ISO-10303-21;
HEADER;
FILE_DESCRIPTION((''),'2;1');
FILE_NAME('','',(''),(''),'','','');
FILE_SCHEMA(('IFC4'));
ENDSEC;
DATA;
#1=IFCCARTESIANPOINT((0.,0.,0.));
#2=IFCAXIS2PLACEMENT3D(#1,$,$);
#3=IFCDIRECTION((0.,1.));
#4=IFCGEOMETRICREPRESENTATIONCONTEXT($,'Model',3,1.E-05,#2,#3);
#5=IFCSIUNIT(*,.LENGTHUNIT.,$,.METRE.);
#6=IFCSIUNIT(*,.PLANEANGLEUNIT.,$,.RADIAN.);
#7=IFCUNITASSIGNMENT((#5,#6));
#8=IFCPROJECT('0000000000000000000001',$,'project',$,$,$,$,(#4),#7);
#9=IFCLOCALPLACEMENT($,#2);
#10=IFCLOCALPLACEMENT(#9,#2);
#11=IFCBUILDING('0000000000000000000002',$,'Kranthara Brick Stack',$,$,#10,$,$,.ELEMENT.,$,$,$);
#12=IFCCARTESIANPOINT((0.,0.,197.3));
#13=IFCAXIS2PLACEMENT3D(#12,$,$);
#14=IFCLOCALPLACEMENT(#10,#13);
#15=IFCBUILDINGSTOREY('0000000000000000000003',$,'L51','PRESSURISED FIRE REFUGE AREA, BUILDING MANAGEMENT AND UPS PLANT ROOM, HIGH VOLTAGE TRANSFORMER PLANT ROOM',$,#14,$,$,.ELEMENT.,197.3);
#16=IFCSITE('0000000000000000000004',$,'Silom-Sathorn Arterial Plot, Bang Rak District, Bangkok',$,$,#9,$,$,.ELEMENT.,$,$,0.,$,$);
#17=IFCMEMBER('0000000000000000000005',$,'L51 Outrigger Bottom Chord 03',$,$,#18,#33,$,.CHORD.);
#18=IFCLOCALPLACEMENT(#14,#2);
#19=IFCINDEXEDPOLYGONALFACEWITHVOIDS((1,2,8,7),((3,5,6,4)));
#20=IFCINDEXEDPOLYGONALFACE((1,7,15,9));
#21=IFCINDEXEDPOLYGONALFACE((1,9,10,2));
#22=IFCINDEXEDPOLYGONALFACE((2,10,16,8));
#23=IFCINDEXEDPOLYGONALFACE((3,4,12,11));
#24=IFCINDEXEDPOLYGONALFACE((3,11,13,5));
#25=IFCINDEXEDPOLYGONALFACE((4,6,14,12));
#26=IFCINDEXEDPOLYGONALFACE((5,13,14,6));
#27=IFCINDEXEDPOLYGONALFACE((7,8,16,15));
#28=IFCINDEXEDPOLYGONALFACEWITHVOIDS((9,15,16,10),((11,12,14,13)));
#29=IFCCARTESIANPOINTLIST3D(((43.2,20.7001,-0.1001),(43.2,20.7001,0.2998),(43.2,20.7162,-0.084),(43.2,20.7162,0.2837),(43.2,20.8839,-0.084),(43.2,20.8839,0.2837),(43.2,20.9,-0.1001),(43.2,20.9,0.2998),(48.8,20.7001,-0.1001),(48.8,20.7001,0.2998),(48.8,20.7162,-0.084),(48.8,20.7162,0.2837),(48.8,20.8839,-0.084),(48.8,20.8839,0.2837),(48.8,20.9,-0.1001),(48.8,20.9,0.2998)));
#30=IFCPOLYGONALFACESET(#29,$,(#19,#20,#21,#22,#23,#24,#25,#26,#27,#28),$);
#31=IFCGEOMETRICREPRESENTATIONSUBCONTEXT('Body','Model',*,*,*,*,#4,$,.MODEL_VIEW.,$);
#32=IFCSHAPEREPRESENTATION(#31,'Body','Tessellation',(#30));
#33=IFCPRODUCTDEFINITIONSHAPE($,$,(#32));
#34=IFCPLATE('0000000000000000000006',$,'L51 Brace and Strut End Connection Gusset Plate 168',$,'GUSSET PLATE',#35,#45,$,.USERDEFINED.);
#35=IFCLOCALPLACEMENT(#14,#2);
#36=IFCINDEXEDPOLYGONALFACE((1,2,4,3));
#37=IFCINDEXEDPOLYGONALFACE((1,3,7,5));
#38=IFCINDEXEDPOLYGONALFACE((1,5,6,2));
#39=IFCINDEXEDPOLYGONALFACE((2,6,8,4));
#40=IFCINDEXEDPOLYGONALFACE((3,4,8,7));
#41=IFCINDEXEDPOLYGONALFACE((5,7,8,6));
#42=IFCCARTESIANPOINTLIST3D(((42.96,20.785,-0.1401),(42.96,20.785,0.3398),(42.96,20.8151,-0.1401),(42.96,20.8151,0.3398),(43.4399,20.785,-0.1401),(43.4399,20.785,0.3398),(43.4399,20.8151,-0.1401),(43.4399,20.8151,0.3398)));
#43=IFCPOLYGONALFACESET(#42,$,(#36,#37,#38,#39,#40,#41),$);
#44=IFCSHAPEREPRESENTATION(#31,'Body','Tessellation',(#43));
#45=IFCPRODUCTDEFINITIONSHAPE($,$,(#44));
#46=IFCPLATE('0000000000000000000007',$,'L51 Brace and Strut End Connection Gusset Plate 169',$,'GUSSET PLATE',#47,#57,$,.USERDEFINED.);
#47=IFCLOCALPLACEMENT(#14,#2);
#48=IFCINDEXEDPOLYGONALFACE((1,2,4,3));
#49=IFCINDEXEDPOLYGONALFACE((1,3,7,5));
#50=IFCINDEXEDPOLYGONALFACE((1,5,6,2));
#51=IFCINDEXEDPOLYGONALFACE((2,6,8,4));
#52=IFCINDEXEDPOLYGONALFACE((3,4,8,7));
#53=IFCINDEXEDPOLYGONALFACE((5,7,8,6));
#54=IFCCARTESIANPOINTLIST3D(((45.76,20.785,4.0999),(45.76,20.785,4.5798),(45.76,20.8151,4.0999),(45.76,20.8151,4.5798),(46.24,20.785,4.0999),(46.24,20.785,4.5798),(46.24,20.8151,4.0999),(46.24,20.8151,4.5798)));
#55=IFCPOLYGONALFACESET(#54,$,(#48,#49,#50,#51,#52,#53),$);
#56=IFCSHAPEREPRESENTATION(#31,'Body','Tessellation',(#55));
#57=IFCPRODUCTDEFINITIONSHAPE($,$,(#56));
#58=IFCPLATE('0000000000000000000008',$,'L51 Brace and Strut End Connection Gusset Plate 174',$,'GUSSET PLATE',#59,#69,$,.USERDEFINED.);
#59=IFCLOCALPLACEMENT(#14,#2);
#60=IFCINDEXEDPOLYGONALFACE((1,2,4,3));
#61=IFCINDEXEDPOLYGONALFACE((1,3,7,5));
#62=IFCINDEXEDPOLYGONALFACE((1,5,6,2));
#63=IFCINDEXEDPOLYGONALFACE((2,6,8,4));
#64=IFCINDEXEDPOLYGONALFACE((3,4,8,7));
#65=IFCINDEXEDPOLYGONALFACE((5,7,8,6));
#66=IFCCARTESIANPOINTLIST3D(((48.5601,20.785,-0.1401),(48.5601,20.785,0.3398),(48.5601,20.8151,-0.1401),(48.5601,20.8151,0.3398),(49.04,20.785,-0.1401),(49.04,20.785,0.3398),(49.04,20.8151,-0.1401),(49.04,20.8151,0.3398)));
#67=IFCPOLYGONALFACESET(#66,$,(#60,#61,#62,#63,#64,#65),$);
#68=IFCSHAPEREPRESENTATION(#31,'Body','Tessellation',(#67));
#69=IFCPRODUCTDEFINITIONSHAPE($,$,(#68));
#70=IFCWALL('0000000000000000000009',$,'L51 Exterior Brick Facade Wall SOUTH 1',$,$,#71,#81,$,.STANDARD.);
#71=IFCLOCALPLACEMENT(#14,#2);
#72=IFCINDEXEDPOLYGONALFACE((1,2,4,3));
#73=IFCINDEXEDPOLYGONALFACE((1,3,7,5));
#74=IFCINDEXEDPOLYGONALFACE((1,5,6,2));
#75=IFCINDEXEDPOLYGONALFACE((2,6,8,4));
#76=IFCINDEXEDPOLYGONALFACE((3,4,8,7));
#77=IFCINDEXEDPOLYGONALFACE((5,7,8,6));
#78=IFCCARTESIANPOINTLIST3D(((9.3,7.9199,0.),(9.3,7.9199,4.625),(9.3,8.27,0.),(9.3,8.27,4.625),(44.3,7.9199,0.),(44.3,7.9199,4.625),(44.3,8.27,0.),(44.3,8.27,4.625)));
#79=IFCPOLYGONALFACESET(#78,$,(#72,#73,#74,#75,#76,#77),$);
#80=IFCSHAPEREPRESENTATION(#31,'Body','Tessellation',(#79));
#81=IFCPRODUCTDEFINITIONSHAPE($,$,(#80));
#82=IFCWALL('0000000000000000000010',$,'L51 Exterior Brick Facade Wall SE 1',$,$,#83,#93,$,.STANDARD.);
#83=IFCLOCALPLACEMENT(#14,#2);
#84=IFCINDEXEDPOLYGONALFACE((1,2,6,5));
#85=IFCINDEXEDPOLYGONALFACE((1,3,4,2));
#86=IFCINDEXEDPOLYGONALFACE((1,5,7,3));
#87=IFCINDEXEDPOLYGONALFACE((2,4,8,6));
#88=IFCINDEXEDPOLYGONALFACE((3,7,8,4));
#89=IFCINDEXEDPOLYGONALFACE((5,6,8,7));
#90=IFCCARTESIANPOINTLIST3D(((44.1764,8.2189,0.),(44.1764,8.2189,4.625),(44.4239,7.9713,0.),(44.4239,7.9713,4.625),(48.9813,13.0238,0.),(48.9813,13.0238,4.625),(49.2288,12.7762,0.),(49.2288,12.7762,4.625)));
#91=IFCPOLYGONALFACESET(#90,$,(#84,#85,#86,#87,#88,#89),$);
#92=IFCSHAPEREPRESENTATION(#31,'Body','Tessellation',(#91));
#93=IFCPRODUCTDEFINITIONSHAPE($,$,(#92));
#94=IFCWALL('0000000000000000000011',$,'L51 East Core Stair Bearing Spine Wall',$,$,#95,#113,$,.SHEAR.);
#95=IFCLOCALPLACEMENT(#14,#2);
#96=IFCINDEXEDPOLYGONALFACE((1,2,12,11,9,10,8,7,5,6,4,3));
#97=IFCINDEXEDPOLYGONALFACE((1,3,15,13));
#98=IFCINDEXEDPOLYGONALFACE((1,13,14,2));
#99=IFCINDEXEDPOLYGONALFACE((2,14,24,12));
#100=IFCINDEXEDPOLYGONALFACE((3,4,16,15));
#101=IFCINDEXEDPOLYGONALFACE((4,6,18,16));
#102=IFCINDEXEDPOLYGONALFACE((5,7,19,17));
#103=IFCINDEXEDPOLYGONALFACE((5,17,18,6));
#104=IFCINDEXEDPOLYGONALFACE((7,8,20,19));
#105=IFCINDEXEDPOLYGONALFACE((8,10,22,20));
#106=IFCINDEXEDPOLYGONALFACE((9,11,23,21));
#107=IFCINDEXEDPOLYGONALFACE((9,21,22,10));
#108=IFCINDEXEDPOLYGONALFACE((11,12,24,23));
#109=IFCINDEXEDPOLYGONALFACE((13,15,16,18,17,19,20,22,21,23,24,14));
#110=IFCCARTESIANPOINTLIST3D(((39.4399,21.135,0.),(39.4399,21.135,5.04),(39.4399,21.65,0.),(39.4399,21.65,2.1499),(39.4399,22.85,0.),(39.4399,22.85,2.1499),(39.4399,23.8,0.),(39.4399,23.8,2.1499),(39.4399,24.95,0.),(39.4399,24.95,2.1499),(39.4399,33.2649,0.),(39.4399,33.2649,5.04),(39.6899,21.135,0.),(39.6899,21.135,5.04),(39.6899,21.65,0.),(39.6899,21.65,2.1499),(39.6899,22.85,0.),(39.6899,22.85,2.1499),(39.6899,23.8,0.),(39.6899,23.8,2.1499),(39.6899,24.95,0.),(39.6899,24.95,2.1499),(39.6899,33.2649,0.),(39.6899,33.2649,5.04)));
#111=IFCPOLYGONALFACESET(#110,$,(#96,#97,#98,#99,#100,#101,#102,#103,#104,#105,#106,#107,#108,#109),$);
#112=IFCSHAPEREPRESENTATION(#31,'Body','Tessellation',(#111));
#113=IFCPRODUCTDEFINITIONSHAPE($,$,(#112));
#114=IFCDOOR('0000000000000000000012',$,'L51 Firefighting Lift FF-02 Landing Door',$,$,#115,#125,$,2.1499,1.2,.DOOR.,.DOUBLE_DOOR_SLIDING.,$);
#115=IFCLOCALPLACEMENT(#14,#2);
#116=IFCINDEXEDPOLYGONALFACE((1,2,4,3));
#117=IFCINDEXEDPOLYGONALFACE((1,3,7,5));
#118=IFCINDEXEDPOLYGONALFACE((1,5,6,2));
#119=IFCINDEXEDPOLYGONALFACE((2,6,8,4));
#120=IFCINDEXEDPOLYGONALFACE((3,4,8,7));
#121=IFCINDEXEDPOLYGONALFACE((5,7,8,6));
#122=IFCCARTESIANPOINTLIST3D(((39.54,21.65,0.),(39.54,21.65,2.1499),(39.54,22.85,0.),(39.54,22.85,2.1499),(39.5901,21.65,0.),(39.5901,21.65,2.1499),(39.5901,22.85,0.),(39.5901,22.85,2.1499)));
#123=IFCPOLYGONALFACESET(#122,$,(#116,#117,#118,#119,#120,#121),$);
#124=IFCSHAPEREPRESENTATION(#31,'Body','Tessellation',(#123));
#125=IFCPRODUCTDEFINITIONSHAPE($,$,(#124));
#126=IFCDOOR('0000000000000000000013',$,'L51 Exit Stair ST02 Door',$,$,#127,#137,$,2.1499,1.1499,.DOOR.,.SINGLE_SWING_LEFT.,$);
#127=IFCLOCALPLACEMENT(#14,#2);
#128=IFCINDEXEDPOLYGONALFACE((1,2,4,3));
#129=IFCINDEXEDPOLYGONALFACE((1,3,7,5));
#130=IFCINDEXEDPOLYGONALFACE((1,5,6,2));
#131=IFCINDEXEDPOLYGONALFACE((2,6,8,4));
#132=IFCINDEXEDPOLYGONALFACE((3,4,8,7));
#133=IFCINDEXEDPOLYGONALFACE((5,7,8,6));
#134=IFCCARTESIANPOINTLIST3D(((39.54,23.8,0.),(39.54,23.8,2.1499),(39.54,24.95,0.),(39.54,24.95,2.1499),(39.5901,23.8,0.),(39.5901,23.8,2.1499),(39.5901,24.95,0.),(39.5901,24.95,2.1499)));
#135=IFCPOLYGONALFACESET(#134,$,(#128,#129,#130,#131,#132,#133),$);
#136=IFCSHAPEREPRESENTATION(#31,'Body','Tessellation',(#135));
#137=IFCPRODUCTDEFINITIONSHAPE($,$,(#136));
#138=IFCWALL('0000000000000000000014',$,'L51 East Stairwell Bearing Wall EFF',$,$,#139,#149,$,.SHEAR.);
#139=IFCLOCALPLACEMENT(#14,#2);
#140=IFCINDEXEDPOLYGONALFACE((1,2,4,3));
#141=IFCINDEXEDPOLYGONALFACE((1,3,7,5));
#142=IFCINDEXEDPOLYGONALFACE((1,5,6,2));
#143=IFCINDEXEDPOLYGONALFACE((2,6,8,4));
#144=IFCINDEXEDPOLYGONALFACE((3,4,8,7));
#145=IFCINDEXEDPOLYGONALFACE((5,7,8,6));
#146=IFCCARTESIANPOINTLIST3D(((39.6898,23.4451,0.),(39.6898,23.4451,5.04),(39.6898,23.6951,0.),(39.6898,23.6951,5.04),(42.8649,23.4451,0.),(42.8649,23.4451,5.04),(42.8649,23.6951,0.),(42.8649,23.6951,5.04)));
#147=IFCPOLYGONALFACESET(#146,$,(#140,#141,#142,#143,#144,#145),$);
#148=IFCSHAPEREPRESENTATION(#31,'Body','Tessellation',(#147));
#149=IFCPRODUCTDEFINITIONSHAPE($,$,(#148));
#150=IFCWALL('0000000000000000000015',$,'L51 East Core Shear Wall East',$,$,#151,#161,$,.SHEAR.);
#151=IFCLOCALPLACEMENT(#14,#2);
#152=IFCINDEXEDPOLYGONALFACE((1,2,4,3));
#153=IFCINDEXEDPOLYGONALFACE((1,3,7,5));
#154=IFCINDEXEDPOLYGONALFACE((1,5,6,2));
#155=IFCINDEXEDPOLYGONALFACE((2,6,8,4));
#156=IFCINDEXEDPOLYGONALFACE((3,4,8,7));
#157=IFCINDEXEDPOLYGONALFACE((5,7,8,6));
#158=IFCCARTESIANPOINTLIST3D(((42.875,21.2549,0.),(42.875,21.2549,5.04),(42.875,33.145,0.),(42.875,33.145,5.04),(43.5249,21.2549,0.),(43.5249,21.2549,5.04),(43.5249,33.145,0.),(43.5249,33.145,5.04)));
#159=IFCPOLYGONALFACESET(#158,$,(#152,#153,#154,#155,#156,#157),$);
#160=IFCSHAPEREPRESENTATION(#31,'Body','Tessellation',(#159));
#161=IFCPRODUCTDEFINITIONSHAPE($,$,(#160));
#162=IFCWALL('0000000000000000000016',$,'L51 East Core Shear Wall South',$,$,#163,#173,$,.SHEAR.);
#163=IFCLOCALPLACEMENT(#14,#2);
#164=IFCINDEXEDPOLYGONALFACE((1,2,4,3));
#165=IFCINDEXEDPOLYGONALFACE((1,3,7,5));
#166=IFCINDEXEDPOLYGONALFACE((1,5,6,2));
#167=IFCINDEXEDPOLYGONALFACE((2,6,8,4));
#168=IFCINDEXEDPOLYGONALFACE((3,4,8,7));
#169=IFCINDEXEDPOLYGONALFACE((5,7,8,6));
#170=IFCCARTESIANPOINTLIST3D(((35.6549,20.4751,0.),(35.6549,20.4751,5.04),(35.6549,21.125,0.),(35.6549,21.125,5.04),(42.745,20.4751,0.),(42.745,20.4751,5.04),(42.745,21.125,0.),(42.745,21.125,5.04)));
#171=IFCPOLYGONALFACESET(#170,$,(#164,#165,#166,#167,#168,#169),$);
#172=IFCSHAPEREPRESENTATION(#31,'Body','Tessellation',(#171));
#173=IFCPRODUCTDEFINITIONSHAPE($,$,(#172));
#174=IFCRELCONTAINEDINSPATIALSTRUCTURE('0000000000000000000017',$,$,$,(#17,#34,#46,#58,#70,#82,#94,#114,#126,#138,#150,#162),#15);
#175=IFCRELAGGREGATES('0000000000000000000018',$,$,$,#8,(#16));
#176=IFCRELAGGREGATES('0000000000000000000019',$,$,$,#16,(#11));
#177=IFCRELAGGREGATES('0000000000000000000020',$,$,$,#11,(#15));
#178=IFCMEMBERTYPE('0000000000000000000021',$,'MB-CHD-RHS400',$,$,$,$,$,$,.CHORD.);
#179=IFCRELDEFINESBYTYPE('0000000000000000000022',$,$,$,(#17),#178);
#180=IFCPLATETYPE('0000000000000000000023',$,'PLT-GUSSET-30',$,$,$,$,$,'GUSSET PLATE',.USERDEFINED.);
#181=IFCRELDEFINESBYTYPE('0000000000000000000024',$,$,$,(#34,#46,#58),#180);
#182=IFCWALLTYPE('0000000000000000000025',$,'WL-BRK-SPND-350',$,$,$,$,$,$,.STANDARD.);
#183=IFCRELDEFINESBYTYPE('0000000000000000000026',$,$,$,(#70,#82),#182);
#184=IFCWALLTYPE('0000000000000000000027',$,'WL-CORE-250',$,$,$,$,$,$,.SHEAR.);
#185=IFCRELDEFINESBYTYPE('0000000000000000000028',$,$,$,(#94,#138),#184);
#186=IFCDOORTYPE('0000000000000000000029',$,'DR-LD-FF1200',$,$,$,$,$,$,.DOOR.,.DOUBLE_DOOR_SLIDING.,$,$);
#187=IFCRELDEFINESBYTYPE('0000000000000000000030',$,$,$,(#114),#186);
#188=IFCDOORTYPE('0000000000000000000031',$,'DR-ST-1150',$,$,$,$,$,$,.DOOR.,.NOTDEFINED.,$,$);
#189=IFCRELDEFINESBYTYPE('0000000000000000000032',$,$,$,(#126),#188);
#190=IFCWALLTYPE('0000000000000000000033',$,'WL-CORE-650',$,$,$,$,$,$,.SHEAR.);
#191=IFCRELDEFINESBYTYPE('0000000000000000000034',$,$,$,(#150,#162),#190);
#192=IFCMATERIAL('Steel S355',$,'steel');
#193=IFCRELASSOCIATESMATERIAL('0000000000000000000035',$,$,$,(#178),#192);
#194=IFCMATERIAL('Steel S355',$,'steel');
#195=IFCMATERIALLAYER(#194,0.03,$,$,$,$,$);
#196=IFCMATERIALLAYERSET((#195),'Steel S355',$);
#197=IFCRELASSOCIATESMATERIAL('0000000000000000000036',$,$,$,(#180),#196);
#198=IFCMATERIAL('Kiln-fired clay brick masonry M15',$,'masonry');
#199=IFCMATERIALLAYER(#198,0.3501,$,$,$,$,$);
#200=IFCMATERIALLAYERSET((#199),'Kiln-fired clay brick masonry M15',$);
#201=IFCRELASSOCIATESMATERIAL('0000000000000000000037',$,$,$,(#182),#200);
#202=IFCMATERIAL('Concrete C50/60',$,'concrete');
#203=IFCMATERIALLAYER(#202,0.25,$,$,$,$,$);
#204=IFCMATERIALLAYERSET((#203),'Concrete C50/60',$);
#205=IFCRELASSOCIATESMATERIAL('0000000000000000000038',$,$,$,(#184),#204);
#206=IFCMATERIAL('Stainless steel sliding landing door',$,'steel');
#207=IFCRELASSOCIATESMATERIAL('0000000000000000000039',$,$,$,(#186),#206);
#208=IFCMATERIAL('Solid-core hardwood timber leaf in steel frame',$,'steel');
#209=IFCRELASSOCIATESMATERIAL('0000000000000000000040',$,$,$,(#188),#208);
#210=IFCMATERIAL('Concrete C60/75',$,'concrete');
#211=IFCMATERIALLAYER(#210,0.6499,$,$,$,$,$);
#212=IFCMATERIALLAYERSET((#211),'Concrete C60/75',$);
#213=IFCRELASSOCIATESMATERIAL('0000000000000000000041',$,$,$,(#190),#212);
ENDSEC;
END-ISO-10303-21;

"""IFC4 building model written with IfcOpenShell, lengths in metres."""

from ifc_helpers import new_model, si_unit, direction, frame, frame_2d, origin, origin_2d, place, context, subcontext, project, spatial, rectangle, hollow_rectangle, extrude, material, layer, layer_set, material_profile, profile_set, type_object, element, fill, save


model = new_model("IFC4")

# Units and contexts
model_context = context("Model", 3, precision=1e-05, world=origin(), true_north=direction((0.0, 1.0)))
body_context = subcontext(model_context, "Body", "Model", "MODEL_VIEW")
ifc_project = project(units=[si_unit("LENGTHUNIT", "METRE"), si_unit("PLANEANGLEUNIT", "RADIAN")], contexts=[model_context])

# Site, building, storey
site_placement = place(None, origin())
site = spatial("IfcSite", under=ifc_project, at=site_placement, Name="Silom-Sathorn Arterial Plot, Bang Rak District, Bangkok", CompositionType="ELEMENT", RefElevation=0.0)
building_placement = place(site_placement, origin())
building = spatial("IfcBuilding", under=site, at=building_placement, Name="Kranthara Brick Stack", CompositionType="ELEMENT")
storey_placement = place(building_placement, frame((0.0, 0.0, 197.3)))
storey = spatial("IfcBuildingStorey", under=building, at=storey_placement, Name="L51", Description="PRESSURISED FIRE REFUGE AREA, BUILDING MANAGEMENT AND UPS PLANT ROOM, HIGH VOLTAGE TRANSFORMER PLANT ROOM", CompositionType="ELEMENT", Elevation=197.3)

# Member
ifc_material_1 = material(Name="Steel S355", Category="steel")
ifc_material_profile_1 = material_profile(ifc_material_1, hollow_rectangle(XDim=0.2, YDim=0.3999, WallThickness=0.0161, at=origin_2d()), Name="RHS 200x400x16")
ifc_profile_set_1 = profile_set([ifc_material_profile_1], Name="Steel S355")
member_type_1 = type_object("IfcMemberType", Name="MB-CHD-RHS400", PredefinedType="CHORD", material=ifc_profile_set_1)
member_placement = place(storey_placement, frame((43.2, 20.8, 0.0999), z_axis=(1.0, 0.0, 0.0), x_axis=(0.0, 1.0, 0.0)))
element("IfcMember", 1, at=member_placement, inside=storey, type_object=member_type_1, Name="L51 Outrigger Bottom Chord 03", PredefinedType="CHORD", context=body_context, shape_type="SweptSolid", body=[
    extrude(hollow_rectangle(XDim=0.2, YDim=0.3999, WallThickness=0.0161, at=origin_2d()), origin(), (0.0, 0.0, 1.0), 5.6001),
])

# Plates
ifc_material_2 = material(Name="Steel S355", Category="steel")
ifc_layer_1 = layer(ifc_material_2, 0.03)
ifc_layer_set_1 = layer_set([ifc_layer_1], Name="Steel S355")
plate_type = type_object("IfcPlateType", Name="PLT-GUSSET-30", ElementType="GUSSET PLATE", PredefinedType="USERDEFINED", material=ifc_layer_set_1)
for number, where, z_axis, x_axis, name in (
    (2, (43.2, 20.8, -0.1401), (0.0, 0.0, 1.0), (1.0, 0.0, 0.0), "L51 Brace and Strut End Connection Gusset Plate 168"),
    (3, (46.0, 20.8, 4.0999), (0.0, 0.0, 1.0), (1.0, 0.0, 0.0), "L51 Brace and Strut End Connection Gusset Plate 169"),
    (4, (48.8, 20.8, -0.1401), (0.0, 0.0, 1.0), (1.0, 0.0, 0.0), "L51 Brace and Strut End Connection Gusset Plate 174"),
):
    element("IfcPlate", number, at=place(storey_placement, frame(where, z_axis=z_axis, x_axis=x_axis)), inside=storey, type_object=plate_type, Name=name, ObjectType="GUSSET PLATE", PredefinedType="USERDEFINED", context=body_context, shape_type="SweptSolid", body=[
        extrude(rectangle(XDim=0.48, YDim=0.03, at=origin_2d()), origin(), (0.0, 0.0, 1.0), 0.48),
    ])

# Walls
ifc_material_3 = material(Name="Kiln-fired clay brick masonry M15", Category="masonry")
ifc_layer_2 = layer(ifc_material_3, 0.3501)
ifc_layer_set_2 = layer_set([ifc_layer_2], Name="Kiln-fired clay brick masonry M15")
wall_type_1 = type_object("IfcWallType", Name="WL-BRK-SPND-350", PredefinedType="STANDARD", material=ifc_layer_set_2)
wall_1_placement = place(storey_placement, frame((44.3, 8.095, 0.0), z_axis=(0.0, 0.0, 1.0), x_axis=(-1.0, 0.0, 0.0)))
element("IfcWall", 5, at=wall_1_placement, inside=storey, type_object=wall_type_1, Name="L51 Exterior Brick Facade Wall SOUTH 1", PredefinedType="STANDARD", context=body_context, shape_type="SweptSolid", body=[
    extrude(rectangle(XDim=35.0, YDim=0.3501, at=frame_2d((17.5, 0.0))), origin(), (0.0, 0.0, 1.0), 4.625),
])
wall_2_placement = place(storey_placement, frame((49.105, 12.8999, 0.0), z_axis=(0.0, 0.0, 1.0), x_axis=(-0.707107, -0.707107, 0.0)))
element("IfcWall", 6, at=wall_2_placement, inside=storey, type_object=wall_type_1, Name="L51 Exterior Brick Facade Wall SE 1", PredefinedType="STANDARD", context=body_context, shape_type="SweptSolid", body=[
    extrude(rectangle(XDim=6.7952, YDim=0.3501, at=frame_2d((3.3975, 0.0))), origin(), (0.0, 0.0, 1.0), 4.625),
])

# Wall, openings, doors
ifc_material_4 = material(Name="Concrete C50/60", Category="concrete")
ifc_layer_3 = layer(ifc_material_4, 0.25)
ifc_layer_set_3 = layer_set([ifc_layer_3], Name="Concrete C50/60")
wall_type_2 = type_object("IfcWallType", Name="WL-CORE-250", PredefinedType="SHEAR", material=ifc_layer_set_3)
wall_3_placement = place(storey_placement, frame((39.5649, 21.135, 0.0), z_axis=(0.0, 0.0, 1.0), x_axis=(0.0, 1.0, 0.0)))
wall_3 = element("IfcWall", 7, at=wall_3_placement, inside=storey, type_object=wall_type_2, Name="L51 East Core Stair Bearing Spine Wall", PredefinedType="SHEAR", context=body_context, shape_type="SweptSolid", body=[
    extrude(rectangle(XDim=12.1299, YDim=0.25, at=frame_2d((6.0649, 0.0))), origin(), (0.0, 0.0, 1.0), 5.04),
])
opening_1_placement = place(wall_3_placement, frame((0.5149, 0.0, 0.0)))
opening_1 = element("IfcOpeningElement", 8, at=opening_1_placement, cuts=wall_3, PredefinedType="OPENING", context=body_context, shape_type="SweptSolid", body=[
    extrude(rectangle(XDim=1.2, YDim=2.1499, at=frame_2d((0.6001, 1.075))), frame((0.0, 0.135, 0.0), z_axis=(0.0, -1.0, 0.0), x_axis=(1.0, 0.0, 0.0)), (0.0, 0.0, 1.0), 0.27),
])
opening_2_placement = place(wall_3_placement, frame((2.665, 0.0, 0.0)))
opening_2 = element("IfcOpeningElement", 9, at=opening_2_placement, cuts=wall_3, PredefinedType="OPENING", context=body_context, shape_type="SweptSolid", body=[
    extrude(rectangle(XDim=1.1499, YDim=2.1499, at=frame_2d((0.575, 1.075))), frame((0.0, 0.135, 0.0), z_axis=(0.0, -1.0, 0.0), x_axis=(1.0, 0.0, 0.0)), (0.0, 0.0, 1.0), 0.27),
])
ifc_material_5 = material(Name="Stainless steel sliding landing door", Category="steel")
door_type_1 = type_object("IfcDoorType", Name="DR-LD-FF1200", OperationType="DOUBLE_DOOR_SLIDING", PredefinedType="DOOR", material=ifc_material_5)
door_1_placement = place(opening_1_placement, origin())
door_1 = element("IfcDoor", 10, at=door_1_placement, inside=storey, type_object=door_type_1, Name="L51 Firefighting Lift FF-02 Landing Door", OperationType="DOUBLE_DOOR_SLIDING", OverallHeight=2.1499, OverallWidth=1.2, PredefinedType="DOOR", context=body_context, shape_type="SweptSolid", body=[
    extrude(rectangle(XDim=1.2, YDim=2.1499, at=frame_2d((0.6001, 1.075))), frame((0.0, 0.0249, 0.0), z_axis=(0.0, -1.0, 0.0), x_axis=(1.0, 0.0, 0.0)), (0.0, 0.0, 1.0), 0.05),
])
fill(opening_1, door_1)
ifc_material_6 = material(Name="Solid-core hardwood timber leaf in steel frame", Category="steel")
door_type_2 = type_object("IfcDoorType", Name="DR-ST-1150", OperationType="NOTDEFINED", PredefinedType="DOOR", material=ifc_material_6)
door_2_placement = place(opening_2_placement, origin())
door_2 = element("IfcDoor", 11, at=door_2_placement, inside=storey, type_object=door_type_2, Name="L51 Exit Stair ST02 Door", OperationType="SINGLE_SWING_LEFT", OverallHeight=2.1499, OverallWidth=1.1499, PredefinedType="DOOR", context=body_context, shape_type="SweptSolid", body=[
    extrude(rectangle(XDim=1.1499, YDim=2.1499, at=frame_2d((0.575, 1.075))), frame((0.0, 0.0249, 0.0), z_axis=(0.0, -1.0, 0.0), x_axis=(1.0, 0.0, 0.0)), (0.0, 0.0, 1.0), 0.05),
])
fill(opening_2, door_2)

# Walls
wall_4_placement = place(storey_placement, frame((39.6899, 23.5701, 0.0), z_axis=(0.0, 0.0, 1.0), x_axis=(1.0, 0.0, 0.0)))
element("IfcWall", 12, at=wall_4_placement, inside=storey, type_object=wall_type_2, Name="L51 East Stairwell Bearing Wall EFF", PredefinedType="SHEAR", context=body_context, shape_type="SweptSolid", body=[
    extrude(rectangle(XDim=3.175, YDim=0.25, at=frame_2d((1.5874, 0.0))), origin(), (0.0, 0.0, 1.0), 5.04),
])
ifc_material_7 = material(Name="Concrete C60/75", Category="concrete")
ifc_layer_4 = layer(ifc_material_7, 0.6499)
ifc_layer_set_4 = layer_set([ifc_layer_4], Name="Concrete C60/75")
wall_type_3 = type_object("IfcWallType", Name="WL-CORE-650", PredefinedType="SHEAR", material=ifc_layer_set_4)
wall_5_placement = place(storey_placement, frame((43.2, 21.2549, 0.0), z_axis=(0.0, 0.0, 1.0), x_axis=(0.0, 1.0, 0.0)))
element("IfcWall", 13, at=wall_5_placement, inside=storey, type_object=wall_type_3, Name="L51 East Core Shear Wall East", PredefinedType="SHEAR", context=body_context, shape_type="SweptSolid", body=[
    extrude(rectangle(XDim=11.8901, YDim=0.6499, at=frame_2d((5.9451, 0.0))), origin(), (0.0, 0.0, 1.0), 5.04),
])
wall_6_placement = place(storey_placement, frame((35.655, 20.8, 0.0), z_axis=(0.0, 0.0, 1.0), x_axis=(1.0, 0.0, 0.0)))
element("IfcWall", 14, at=wall_6_placement, inside=storey, type_object=wall_type_3, Name="L51 East Core Shear Wall South", PredefinedType="SHEAR", context=body_context, shape_type="SweptSolid", body=[
    extrude(rectangle(XDim=7.0901, YDim=0.6499, at=frame_2d((3.5449, 0.0))), origin(), (0.0, 0.0, 1.0), 5.04),
])

save(model, "model.ifc")
